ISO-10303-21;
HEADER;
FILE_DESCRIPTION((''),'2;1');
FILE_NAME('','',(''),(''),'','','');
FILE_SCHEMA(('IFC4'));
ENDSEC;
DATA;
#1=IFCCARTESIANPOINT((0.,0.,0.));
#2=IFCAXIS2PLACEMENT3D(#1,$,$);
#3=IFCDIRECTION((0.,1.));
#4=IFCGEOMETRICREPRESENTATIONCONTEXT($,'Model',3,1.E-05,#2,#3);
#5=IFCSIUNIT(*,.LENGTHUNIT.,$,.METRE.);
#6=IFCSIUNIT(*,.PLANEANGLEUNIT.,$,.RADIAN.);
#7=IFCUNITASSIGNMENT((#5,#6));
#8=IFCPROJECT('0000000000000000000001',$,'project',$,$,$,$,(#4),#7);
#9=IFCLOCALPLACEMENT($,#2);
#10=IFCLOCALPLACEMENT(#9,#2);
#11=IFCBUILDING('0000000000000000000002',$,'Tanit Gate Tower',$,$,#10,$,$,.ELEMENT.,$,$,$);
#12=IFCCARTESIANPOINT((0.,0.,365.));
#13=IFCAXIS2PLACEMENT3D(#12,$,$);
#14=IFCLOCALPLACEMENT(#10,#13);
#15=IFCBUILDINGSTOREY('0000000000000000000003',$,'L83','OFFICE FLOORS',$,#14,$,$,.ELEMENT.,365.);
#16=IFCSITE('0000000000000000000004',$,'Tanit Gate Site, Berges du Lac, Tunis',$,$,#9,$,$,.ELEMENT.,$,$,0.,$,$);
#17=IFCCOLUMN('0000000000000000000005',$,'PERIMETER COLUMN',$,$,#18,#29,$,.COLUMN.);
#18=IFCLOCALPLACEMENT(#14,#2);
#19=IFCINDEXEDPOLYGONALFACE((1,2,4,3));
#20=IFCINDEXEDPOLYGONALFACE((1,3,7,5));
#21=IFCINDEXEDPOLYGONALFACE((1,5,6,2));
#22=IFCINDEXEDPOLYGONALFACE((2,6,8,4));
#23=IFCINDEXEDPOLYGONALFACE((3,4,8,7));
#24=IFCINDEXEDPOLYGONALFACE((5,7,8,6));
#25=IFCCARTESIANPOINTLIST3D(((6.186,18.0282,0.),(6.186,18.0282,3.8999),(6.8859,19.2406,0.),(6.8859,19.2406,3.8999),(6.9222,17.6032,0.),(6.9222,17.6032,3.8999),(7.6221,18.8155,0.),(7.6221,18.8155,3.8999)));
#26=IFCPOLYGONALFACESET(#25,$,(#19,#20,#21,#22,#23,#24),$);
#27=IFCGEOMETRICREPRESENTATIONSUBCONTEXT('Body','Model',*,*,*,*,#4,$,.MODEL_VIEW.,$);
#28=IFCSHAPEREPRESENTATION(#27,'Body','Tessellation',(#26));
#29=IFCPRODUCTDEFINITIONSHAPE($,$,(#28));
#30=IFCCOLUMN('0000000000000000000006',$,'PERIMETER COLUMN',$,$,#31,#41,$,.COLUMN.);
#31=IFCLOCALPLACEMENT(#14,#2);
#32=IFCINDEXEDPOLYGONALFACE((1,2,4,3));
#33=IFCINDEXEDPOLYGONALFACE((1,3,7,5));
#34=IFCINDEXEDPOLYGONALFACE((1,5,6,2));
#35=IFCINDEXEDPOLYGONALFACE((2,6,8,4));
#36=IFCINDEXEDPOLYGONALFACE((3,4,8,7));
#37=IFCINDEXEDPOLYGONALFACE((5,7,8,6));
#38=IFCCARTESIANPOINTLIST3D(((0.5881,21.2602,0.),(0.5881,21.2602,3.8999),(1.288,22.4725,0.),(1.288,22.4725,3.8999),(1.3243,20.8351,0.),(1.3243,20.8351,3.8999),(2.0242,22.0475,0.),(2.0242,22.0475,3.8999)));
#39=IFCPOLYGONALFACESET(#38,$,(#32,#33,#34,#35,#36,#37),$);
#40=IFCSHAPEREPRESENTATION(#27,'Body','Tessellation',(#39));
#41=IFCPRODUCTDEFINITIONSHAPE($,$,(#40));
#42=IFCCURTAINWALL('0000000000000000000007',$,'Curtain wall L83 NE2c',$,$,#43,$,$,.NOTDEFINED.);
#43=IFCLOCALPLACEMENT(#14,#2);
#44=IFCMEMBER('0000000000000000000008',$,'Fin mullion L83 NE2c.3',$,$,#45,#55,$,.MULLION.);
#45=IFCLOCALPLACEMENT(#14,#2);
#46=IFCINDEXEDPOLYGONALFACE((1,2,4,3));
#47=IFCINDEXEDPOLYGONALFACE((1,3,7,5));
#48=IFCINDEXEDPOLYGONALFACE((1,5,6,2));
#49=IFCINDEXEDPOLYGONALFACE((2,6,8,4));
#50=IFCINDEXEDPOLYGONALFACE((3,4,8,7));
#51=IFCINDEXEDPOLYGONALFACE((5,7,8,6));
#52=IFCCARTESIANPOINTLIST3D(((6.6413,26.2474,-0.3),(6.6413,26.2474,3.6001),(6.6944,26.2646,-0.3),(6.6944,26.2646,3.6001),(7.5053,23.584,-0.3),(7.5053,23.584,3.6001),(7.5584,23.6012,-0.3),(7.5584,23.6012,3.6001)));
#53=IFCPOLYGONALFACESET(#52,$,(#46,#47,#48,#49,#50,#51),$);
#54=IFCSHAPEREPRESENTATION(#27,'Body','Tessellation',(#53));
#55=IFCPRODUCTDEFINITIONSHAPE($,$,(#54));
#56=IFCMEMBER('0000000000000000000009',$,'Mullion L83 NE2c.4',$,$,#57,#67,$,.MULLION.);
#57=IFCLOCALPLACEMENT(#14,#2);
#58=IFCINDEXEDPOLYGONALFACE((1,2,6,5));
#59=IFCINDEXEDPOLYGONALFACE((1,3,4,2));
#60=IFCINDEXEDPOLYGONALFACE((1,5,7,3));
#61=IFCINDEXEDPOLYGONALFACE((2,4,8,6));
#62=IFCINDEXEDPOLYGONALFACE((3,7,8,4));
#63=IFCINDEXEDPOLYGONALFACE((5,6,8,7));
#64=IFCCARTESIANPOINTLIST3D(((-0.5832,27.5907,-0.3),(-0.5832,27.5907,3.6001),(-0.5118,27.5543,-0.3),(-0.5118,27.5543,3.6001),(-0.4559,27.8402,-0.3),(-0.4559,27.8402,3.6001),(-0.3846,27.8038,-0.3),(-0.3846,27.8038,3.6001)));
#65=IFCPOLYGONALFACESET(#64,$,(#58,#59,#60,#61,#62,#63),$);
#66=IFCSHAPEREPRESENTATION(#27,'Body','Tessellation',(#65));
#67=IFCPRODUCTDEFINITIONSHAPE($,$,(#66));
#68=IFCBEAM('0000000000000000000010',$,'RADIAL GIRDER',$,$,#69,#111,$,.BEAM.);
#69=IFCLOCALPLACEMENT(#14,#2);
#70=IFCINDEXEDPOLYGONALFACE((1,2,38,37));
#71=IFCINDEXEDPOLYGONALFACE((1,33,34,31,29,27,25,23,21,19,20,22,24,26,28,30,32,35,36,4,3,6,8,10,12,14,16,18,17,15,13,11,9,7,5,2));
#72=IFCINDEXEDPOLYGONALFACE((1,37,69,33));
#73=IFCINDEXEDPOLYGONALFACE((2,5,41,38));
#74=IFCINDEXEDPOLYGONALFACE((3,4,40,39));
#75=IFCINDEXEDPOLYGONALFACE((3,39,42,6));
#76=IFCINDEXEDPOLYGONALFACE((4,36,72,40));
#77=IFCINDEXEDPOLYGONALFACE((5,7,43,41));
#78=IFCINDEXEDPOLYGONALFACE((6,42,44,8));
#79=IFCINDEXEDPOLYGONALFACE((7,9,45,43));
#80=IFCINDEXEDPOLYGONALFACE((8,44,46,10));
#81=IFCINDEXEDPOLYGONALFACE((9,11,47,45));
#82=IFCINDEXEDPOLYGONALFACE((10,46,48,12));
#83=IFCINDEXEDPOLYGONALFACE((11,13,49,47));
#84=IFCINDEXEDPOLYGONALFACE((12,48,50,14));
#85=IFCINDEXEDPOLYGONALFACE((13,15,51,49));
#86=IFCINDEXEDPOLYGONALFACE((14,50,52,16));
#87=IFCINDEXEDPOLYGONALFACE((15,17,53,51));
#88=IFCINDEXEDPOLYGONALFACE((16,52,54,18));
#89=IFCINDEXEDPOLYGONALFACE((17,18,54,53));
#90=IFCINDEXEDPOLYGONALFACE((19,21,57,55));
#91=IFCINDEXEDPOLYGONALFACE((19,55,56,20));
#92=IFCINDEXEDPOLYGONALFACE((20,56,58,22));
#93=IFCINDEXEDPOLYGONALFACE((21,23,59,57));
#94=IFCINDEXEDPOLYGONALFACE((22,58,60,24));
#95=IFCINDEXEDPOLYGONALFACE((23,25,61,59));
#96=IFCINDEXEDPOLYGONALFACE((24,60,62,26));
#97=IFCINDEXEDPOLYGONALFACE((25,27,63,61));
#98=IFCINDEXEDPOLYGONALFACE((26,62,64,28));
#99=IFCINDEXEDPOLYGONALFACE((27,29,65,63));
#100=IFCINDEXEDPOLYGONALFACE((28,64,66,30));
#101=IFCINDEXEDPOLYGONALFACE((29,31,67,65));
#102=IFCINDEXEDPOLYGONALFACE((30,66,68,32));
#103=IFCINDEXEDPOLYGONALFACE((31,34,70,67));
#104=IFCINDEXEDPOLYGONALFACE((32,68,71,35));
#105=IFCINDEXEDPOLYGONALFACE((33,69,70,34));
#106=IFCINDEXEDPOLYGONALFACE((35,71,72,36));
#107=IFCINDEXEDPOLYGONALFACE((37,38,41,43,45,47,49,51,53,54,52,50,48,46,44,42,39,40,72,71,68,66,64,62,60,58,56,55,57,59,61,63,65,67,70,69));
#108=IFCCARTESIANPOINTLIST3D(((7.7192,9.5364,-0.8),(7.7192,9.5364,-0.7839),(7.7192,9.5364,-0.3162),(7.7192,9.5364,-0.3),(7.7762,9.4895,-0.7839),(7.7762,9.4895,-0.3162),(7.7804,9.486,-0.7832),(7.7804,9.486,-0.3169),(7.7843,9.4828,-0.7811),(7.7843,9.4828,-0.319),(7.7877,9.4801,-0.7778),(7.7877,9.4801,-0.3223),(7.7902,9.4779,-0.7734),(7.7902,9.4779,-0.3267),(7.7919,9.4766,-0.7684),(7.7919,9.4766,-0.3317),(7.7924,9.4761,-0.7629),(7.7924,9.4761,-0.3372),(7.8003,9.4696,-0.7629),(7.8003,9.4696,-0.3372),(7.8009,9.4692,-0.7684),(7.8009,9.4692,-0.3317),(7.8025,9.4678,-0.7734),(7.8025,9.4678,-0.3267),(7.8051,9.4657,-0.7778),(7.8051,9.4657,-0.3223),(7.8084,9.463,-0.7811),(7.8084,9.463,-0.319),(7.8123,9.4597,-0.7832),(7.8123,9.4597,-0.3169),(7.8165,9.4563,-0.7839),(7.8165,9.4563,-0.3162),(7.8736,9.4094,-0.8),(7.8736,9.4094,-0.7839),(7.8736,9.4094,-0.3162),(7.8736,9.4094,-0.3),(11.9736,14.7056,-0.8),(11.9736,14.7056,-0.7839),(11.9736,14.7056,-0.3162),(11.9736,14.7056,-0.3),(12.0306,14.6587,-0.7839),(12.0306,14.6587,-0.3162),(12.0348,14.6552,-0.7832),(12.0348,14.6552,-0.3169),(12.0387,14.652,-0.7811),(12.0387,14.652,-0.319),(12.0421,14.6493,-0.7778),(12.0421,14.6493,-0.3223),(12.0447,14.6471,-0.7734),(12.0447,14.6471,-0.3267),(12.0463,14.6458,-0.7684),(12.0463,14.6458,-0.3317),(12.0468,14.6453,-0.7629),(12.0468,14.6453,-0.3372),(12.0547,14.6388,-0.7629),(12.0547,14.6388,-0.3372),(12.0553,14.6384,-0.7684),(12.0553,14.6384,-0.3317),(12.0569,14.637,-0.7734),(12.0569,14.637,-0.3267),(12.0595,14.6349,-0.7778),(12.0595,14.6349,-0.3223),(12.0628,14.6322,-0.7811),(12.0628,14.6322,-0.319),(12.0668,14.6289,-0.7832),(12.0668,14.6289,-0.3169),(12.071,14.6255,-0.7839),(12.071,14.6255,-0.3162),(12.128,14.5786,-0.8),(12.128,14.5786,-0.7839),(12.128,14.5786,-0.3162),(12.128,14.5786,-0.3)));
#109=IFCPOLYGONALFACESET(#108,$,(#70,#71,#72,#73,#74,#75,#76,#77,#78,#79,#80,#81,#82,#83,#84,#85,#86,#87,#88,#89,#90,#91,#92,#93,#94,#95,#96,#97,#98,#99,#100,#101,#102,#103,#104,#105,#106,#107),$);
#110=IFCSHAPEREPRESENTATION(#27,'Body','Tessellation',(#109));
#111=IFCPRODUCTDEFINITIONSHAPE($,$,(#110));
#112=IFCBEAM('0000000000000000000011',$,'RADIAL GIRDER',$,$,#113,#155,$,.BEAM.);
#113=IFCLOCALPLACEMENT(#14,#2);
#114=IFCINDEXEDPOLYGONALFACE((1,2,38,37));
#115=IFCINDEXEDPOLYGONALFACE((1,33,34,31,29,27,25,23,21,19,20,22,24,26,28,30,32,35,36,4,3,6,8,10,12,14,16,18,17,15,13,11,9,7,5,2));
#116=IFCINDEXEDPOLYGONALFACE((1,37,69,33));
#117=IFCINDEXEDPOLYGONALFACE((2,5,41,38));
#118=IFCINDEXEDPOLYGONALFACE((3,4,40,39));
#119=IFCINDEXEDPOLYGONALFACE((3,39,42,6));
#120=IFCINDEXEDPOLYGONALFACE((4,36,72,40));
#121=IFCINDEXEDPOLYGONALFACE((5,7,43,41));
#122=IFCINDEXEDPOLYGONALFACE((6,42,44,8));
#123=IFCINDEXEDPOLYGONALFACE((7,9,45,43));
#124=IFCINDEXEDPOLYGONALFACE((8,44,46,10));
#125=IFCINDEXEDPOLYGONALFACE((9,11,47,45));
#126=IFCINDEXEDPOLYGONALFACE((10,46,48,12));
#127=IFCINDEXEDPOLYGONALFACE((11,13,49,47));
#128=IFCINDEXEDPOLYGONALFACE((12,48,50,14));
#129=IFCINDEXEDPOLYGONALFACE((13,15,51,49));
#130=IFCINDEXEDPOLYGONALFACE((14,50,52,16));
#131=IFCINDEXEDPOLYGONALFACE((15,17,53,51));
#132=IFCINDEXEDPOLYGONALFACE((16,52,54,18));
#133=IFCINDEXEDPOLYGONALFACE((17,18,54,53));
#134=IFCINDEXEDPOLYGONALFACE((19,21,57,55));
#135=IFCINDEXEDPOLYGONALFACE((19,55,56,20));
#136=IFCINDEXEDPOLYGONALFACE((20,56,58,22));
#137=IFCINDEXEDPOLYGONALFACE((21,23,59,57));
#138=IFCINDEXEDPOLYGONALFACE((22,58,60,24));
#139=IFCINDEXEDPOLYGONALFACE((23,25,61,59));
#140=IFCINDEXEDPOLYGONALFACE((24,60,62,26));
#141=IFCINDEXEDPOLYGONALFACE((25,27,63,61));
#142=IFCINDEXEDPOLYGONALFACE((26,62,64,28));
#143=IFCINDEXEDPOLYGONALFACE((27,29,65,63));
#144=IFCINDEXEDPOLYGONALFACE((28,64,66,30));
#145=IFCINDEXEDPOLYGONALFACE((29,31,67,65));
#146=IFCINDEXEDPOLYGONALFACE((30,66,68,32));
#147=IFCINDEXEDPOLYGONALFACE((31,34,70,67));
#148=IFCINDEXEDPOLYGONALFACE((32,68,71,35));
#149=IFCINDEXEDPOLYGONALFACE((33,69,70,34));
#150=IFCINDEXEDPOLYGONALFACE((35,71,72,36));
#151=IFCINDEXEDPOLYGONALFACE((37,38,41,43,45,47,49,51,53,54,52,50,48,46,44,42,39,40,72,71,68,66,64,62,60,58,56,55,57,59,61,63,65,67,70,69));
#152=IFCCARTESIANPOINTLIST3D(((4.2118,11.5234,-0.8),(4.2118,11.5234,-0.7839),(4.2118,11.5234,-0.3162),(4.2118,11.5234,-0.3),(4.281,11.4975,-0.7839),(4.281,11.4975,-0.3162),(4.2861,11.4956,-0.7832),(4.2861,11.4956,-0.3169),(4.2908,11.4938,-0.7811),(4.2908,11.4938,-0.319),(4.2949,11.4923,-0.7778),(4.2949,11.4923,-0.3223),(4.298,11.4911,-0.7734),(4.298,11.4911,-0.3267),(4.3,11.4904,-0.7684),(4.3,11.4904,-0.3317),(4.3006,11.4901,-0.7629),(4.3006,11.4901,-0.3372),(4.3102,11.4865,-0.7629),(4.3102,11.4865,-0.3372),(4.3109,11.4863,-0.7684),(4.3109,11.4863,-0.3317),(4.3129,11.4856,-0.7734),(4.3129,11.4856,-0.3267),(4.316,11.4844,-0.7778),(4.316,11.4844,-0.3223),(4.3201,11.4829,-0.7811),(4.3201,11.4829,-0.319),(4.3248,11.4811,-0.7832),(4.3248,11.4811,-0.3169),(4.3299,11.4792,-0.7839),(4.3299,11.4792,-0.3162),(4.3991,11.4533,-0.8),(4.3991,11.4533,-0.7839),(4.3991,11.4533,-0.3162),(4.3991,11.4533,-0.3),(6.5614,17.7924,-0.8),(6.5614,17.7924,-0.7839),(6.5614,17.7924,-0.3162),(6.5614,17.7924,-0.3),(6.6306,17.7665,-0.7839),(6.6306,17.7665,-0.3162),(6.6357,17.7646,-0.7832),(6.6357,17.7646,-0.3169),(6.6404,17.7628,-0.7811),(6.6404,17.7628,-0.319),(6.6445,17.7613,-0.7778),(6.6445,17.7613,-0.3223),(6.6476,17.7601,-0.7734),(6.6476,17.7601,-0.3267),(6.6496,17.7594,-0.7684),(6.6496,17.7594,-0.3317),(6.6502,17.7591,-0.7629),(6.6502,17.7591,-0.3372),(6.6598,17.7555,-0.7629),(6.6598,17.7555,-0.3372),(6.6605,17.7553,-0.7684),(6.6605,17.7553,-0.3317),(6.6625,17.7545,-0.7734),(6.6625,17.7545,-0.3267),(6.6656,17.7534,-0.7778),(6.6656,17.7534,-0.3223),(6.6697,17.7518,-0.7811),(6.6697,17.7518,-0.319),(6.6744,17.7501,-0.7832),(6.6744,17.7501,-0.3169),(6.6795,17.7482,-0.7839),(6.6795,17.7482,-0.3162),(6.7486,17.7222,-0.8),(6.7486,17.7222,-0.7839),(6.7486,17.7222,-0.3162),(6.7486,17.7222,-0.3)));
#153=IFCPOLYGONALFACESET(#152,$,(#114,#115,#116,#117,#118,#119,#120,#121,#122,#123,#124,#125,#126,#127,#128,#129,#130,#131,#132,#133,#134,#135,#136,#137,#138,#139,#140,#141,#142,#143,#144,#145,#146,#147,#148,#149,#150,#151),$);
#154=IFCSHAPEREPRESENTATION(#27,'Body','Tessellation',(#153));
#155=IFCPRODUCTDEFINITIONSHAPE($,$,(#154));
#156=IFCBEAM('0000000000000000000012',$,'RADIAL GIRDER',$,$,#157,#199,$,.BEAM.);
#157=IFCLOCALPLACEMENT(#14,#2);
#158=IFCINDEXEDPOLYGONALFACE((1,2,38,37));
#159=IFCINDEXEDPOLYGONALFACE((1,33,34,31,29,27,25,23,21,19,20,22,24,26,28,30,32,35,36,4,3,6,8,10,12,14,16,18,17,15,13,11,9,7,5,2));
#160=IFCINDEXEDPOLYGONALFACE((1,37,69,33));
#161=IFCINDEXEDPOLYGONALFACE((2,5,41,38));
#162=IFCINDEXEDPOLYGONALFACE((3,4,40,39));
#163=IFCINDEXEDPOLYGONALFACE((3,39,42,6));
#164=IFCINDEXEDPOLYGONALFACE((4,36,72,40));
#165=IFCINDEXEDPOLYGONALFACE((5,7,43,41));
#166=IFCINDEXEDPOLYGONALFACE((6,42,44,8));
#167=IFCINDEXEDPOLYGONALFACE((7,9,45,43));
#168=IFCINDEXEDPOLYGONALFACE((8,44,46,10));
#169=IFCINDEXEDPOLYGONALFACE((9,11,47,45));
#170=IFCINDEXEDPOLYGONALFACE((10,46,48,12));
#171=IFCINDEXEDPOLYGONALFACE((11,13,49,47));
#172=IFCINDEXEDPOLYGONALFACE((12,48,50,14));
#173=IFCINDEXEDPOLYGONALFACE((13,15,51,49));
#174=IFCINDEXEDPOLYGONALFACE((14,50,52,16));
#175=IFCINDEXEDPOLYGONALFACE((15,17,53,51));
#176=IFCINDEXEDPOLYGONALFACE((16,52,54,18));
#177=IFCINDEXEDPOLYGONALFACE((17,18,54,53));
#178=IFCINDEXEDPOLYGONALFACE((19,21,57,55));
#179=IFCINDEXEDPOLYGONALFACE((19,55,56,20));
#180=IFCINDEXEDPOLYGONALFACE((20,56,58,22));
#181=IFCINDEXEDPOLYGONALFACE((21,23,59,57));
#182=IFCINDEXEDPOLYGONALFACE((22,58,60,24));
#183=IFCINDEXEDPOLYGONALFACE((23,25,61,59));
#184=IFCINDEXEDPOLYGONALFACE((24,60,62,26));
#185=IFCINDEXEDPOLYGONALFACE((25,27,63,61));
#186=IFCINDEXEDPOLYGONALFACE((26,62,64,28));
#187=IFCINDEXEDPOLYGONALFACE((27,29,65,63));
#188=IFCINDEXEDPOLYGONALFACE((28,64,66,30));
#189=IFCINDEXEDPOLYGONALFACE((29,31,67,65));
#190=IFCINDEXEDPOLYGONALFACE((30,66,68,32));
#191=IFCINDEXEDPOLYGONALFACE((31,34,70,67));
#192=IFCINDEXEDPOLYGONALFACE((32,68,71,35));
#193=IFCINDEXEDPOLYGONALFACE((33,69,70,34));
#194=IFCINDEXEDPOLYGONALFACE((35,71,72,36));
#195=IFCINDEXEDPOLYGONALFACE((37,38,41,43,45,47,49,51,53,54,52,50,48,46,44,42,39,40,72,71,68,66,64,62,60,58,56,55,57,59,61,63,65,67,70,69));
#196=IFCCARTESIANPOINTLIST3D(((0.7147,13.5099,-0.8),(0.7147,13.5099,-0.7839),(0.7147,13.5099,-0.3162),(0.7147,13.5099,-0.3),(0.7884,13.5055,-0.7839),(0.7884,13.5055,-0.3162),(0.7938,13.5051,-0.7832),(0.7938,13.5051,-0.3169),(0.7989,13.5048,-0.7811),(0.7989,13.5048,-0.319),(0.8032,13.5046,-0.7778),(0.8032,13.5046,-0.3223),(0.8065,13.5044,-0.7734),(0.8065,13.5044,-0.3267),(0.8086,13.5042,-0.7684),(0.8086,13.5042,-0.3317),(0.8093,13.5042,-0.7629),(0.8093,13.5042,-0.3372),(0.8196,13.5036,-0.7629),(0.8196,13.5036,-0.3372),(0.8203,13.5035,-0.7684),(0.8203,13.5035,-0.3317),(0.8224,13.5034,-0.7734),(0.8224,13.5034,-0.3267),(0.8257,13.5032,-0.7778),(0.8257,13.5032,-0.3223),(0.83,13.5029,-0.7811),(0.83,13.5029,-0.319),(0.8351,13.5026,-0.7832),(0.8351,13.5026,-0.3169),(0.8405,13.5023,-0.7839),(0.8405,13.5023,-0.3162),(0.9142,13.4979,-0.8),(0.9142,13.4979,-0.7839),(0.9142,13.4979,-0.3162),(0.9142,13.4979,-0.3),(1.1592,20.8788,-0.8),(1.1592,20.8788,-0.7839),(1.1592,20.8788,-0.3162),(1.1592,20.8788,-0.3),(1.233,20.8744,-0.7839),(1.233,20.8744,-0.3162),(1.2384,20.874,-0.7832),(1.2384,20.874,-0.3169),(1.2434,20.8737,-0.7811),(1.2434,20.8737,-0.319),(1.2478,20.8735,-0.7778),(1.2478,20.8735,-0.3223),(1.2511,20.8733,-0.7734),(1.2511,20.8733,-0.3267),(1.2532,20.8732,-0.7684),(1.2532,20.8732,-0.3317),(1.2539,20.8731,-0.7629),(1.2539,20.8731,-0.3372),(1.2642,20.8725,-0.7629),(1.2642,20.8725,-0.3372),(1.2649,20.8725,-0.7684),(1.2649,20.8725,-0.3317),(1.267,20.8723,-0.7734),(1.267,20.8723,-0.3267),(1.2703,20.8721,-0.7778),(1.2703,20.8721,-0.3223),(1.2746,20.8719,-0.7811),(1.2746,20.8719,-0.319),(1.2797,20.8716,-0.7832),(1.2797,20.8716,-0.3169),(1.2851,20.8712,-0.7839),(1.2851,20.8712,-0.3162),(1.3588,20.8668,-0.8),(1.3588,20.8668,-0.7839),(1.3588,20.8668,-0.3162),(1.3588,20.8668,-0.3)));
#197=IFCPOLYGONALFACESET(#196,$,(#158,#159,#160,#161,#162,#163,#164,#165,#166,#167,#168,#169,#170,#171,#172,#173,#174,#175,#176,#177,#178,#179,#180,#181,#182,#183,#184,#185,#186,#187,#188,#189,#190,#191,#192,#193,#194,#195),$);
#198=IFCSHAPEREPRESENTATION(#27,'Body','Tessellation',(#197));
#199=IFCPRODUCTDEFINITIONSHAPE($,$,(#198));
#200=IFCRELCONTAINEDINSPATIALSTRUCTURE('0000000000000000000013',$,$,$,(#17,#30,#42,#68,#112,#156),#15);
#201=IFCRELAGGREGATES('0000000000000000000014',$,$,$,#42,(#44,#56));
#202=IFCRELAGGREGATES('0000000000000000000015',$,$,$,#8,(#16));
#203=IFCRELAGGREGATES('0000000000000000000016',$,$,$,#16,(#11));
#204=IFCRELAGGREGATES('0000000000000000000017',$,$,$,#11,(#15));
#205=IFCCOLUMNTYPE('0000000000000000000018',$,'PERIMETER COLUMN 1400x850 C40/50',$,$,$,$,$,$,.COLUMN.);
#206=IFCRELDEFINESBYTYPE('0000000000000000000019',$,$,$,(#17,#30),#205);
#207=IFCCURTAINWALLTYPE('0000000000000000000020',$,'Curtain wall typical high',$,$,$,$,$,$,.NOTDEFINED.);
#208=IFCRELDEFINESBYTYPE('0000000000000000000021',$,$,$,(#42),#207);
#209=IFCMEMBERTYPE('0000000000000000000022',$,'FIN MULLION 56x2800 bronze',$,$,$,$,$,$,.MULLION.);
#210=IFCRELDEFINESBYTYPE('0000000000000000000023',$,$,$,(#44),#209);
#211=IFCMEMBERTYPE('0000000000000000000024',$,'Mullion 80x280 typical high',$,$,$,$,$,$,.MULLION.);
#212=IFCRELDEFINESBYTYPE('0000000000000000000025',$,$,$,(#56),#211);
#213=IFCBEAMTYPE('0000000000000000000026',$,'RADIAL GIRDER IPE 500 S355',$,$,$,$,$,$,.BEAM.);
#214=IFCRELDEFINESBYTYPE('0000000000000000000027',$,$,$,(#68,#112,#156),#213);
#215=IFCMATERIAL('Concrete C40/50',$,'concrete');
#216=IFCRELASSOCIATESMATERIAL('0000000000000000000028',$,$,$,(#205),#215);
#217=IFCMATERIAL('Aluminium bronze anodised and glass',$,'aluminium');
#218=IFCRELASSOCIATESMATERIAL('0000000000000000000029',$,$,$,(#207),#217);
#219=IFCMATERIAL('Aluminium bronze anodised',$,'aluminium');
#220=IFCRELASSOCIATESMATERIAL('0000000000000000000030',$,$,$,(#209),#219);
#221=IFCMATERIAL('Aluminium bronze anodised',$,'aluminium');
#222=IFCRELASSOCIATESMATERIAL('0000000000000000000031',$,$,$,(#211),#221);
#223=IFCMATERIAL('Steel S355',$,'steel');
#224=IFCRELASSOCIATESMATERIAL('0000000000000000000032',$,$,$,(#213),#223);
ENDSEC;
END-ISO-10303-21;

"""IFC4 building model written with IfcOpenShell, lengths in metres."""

from ifc_helpers import new_model, si_unit, direction, frame, origin, origin_2d, place, context, subcontext, project, spatial, rectangle, i_section, extrude, material, material_profile, profile_set, type_object, element, aggregate, save


model = new_model("IFC4")

# Units and contexts
model_context = context("Model", 3, precision=1e-05, world=origin(), true_north=direction((0.0, 1.0)))
body_context = subcontext(model_context, "Body", "Model", "MODEL_VIEW")
ifc_project = project(units=[si_unit("LENGTHUNIT", "METRE"), si_unit("PLANEANGLEUNIT", "RADIAN")], contexts=[model_context])

# Site, building, storey
site_placement = place(None, origin())
site = spatial("IfcSite", under=ifc_project, at=site_placement, Name="Tanit Gate Site, Berges du Lac, Tunis", CompositionType="ELEMENT", RefElevation=0.0)
building_placement = place(site_placement, origin())
building = spatial("IfcBuilding", under=site, at=building_placement, Name="Tanit Gate Tower", CompositionType="ELEMENT")
storey_placement = place(building_placement, frame((0.0, 0.0, 365.0)))
storey = spatial("IfcBuildingStorey", under=building, at=storey_placement, Name="L83", Description="OFFICE FLOORS", CompositionType="ELEMENT", Elevation=365.0)

# Columns
ifc_material_1 = material(Name="Concrete C40/50", Category="concrete")
ifc_material_profile_1 = material_profile(ifc_material_1, rectangle(XDim=1.3999, YDim=0.8501, at=origin_2d()), Name="RC 1400x850")
ifc_profile_set_1 = profile_set([ifc_material_profile_1], Name="Concrete C40/50")
column_type = type_object("IfcColumnType", Name="PERIMETER COLUMN 1400x850 C40/50", PredefinedType="COLUMN", material=ifc_profile_set_1)
for number, where, z_axis, x_axis, name in (
    (1, (6.9041, 18.4219, 0.0), (0.0, 0.0, 1.0), (0.5, 0.866025, 0.0), "PERIMETER COLUMN"),
    (2, (1.3062, 21.6538, 0.0), (0.0, 0.0, 1.0), (0.5, 0.866025, 0.0), "PERIMETER COLUMN"),
):
    element("IfcColumn", number, at=place(storey_placement, frame(where, z_axis=z_axis, x_axis=x_axis)), inside=storey, type_object=column_type, Name=name, PredefinedType="COLUMN", context=body_context, shape_type="SweptSolid", body=[
        extrude(rectangle(XDim=1.3999, YDim=0.8501, at=origin_2d()), origin(), (0.0, 0.0, 1.0), 3.8999),
    ])

# Curtain wall, members
ifc_material_2 = material(Name="Aluminium bronze anodised and glass", Category="aluminium")
curtain_wall_type = type_object("IfcCurtainWallType", Name="Curtain wall typical high", PredefinedType="NOTDEFINED", material=ifc_material_2)
curtain_wall_1_placement = place(storey_placement, origin())
curtain_wall_1 = element("IfcCurtainWall", 3, at=curtain_wall_1_placement, inside=storey, type_object=curtain_wall_type, Name="Curtain wall L83 NE2c", PredefinedType="NOTDEFINED")
ifc_material_3 = material(Name="Aluminium bronze anodised", Category="aluminium")
ifc_material_profile_2 = material_profile(ifc_material_3, rectangle(XDim=2.8, YDim=0.0559, at=origin_2d()), Name="56x2800 bronze fin mullion")
ifc_profile_set_2 = profile_set([ifc_material_profile_2], Name="Aluminium bronze anodised")
member_type_1 = type_object("IfcMemberType", Name="FIN MULLION 56x2800 bronze", PredefinedType="MULLION", material=ifc_profile_set_2)
member_1_placement = place(storey_placement, frame((7.0999, 24.9243, -0.3), z_axis=(0.0, 0.0, 1.0), x_axis=(0.308568, -0.951202, 0.0)))
member_1 = element("IfcMember", 4, at=member_1_placement, type_object=member_type_1, Name="Fin mullion L83 NE2c.3", PredefinedType="MULLION", context=body_context, shape_type="SweptSolid", body=[
    extrude(rectangle(XDim=2.8, YDim=0.0559, at=origin_2d()), origin(), (0.0, 0.0, 1.0), 3.9001),
])
ifc_material_4 = material(Name="Aluminium bronze anodised", Category="aluminium")
ifc_material_profile_3 = material_profile(ifc_material_4, rectangle(XDim=0.28, YDim=0.0801, at=origin_2d()), Name="80x280 bronze mullion")
ifc_profile_set_3 = profile_set([ifc_material_profile_3], Name="Aluminium bronze anodised")
member_type_2 = type_object("IfcMemberType", Name="Mullion 80x280 typical high", PredefinedType="MULLION", material=ifc_profile_set_3)
member_2_placement = place(storey_placement, frame((-0.4839, 27.6973, -0.3), z_axis=(0.0, 0.0, 1.0), x_axis=(-0.454411, -0.890792, 0.0)))
member_2 = element("IfcMember", 5, at=member_2_placement, type_object=member_type_2, Name="Mullion L83 NE2c.4", PredefinedType="MULLION", context=body_context, shape_type="SweptSolid", body=[
    extrude(rectangle(XDim=0.28, YDim=0.0801, at=origin_2d()), origin(), (0.0, 0.0, 1.0), 3.9001),
])

# Beams
ifc_material_5 = material(Name="Steel S355", Category="steel")
ifc_material_profile_4 = material_profile(ifc_material_5, i_section(OverallWidth=0.2, OverallDepth=0.5, WebThickness=0.0103, FlangeThickness=0.0161, FilletRadius=0.021, at=origin_2d()), Name="IPE 500")
ifc_profile_set_4 = profile_set([ifc_material_profile_4], Name="Steel S355")
beam_type = type_object("IfcBeamType", Name="RADIAL GIRDER IPE 500 S355", PredefinedType="BEAM", material=ifc_profile_set_4)
for number, where, z_axis, x_axis, name in (
    (6, (12.0508, 14.6421, -0.55), (-0.635477, -0.77212, 0.0), (0.77212, -0.635477, 0.0), "RADIAL GIRDER"),
    (7, (6.655, 17.7573, -0.55), (-0.350956, -0.936392, 0.0), (0.936392, -0.350956, 0.0), "RADIAL GIRDER"),
):
    element("IfcBeam", number, at=place(storey_placement, frame(where, z_axis=z_axis, x_axis=x_axis)), inside=storey, type_object=beam_type, Name=name, PredefinedType="BEAM", context=body_context, shape_type="SweptSolid", body=[
        extrude(i_section(OverallWidth=0.2, OverallDepth=0.5, WebThickness=0.0103, FlangeThickness=0.0161, FilletRadius=0.021, at=origin_2d()), origin(), (0.0, 0.0, 1.0), 6.6948),
    ])
beam_placement = place(storey_placement, frame((1.259, 20.8728, -0.55), z_axis=(-0.060222, -0.998185, 0.0), x_axis=(0.998185, -0.060222, 0.0)))
element("IfcBeam", 8, at=beam_placement, inside=storey, type_object=beam_type, Name="RADIAL GIRDER", PredefinedType="BEAM", context=body_context, shape_type="SweptSolid", body=[
    extrude(i_section(OverallWidth=0.2, OverallDepth=0.5, WebThickness=0.0103, FlangeThickness=0.0161, FilletRadius=0.021, at=origin_2d()), origin(), (0.0, 0.0, 1.0), 7.3823),
])

aggregate(curtain_wall_1, [member_1, member_2])

save(model, "model.ifc")
